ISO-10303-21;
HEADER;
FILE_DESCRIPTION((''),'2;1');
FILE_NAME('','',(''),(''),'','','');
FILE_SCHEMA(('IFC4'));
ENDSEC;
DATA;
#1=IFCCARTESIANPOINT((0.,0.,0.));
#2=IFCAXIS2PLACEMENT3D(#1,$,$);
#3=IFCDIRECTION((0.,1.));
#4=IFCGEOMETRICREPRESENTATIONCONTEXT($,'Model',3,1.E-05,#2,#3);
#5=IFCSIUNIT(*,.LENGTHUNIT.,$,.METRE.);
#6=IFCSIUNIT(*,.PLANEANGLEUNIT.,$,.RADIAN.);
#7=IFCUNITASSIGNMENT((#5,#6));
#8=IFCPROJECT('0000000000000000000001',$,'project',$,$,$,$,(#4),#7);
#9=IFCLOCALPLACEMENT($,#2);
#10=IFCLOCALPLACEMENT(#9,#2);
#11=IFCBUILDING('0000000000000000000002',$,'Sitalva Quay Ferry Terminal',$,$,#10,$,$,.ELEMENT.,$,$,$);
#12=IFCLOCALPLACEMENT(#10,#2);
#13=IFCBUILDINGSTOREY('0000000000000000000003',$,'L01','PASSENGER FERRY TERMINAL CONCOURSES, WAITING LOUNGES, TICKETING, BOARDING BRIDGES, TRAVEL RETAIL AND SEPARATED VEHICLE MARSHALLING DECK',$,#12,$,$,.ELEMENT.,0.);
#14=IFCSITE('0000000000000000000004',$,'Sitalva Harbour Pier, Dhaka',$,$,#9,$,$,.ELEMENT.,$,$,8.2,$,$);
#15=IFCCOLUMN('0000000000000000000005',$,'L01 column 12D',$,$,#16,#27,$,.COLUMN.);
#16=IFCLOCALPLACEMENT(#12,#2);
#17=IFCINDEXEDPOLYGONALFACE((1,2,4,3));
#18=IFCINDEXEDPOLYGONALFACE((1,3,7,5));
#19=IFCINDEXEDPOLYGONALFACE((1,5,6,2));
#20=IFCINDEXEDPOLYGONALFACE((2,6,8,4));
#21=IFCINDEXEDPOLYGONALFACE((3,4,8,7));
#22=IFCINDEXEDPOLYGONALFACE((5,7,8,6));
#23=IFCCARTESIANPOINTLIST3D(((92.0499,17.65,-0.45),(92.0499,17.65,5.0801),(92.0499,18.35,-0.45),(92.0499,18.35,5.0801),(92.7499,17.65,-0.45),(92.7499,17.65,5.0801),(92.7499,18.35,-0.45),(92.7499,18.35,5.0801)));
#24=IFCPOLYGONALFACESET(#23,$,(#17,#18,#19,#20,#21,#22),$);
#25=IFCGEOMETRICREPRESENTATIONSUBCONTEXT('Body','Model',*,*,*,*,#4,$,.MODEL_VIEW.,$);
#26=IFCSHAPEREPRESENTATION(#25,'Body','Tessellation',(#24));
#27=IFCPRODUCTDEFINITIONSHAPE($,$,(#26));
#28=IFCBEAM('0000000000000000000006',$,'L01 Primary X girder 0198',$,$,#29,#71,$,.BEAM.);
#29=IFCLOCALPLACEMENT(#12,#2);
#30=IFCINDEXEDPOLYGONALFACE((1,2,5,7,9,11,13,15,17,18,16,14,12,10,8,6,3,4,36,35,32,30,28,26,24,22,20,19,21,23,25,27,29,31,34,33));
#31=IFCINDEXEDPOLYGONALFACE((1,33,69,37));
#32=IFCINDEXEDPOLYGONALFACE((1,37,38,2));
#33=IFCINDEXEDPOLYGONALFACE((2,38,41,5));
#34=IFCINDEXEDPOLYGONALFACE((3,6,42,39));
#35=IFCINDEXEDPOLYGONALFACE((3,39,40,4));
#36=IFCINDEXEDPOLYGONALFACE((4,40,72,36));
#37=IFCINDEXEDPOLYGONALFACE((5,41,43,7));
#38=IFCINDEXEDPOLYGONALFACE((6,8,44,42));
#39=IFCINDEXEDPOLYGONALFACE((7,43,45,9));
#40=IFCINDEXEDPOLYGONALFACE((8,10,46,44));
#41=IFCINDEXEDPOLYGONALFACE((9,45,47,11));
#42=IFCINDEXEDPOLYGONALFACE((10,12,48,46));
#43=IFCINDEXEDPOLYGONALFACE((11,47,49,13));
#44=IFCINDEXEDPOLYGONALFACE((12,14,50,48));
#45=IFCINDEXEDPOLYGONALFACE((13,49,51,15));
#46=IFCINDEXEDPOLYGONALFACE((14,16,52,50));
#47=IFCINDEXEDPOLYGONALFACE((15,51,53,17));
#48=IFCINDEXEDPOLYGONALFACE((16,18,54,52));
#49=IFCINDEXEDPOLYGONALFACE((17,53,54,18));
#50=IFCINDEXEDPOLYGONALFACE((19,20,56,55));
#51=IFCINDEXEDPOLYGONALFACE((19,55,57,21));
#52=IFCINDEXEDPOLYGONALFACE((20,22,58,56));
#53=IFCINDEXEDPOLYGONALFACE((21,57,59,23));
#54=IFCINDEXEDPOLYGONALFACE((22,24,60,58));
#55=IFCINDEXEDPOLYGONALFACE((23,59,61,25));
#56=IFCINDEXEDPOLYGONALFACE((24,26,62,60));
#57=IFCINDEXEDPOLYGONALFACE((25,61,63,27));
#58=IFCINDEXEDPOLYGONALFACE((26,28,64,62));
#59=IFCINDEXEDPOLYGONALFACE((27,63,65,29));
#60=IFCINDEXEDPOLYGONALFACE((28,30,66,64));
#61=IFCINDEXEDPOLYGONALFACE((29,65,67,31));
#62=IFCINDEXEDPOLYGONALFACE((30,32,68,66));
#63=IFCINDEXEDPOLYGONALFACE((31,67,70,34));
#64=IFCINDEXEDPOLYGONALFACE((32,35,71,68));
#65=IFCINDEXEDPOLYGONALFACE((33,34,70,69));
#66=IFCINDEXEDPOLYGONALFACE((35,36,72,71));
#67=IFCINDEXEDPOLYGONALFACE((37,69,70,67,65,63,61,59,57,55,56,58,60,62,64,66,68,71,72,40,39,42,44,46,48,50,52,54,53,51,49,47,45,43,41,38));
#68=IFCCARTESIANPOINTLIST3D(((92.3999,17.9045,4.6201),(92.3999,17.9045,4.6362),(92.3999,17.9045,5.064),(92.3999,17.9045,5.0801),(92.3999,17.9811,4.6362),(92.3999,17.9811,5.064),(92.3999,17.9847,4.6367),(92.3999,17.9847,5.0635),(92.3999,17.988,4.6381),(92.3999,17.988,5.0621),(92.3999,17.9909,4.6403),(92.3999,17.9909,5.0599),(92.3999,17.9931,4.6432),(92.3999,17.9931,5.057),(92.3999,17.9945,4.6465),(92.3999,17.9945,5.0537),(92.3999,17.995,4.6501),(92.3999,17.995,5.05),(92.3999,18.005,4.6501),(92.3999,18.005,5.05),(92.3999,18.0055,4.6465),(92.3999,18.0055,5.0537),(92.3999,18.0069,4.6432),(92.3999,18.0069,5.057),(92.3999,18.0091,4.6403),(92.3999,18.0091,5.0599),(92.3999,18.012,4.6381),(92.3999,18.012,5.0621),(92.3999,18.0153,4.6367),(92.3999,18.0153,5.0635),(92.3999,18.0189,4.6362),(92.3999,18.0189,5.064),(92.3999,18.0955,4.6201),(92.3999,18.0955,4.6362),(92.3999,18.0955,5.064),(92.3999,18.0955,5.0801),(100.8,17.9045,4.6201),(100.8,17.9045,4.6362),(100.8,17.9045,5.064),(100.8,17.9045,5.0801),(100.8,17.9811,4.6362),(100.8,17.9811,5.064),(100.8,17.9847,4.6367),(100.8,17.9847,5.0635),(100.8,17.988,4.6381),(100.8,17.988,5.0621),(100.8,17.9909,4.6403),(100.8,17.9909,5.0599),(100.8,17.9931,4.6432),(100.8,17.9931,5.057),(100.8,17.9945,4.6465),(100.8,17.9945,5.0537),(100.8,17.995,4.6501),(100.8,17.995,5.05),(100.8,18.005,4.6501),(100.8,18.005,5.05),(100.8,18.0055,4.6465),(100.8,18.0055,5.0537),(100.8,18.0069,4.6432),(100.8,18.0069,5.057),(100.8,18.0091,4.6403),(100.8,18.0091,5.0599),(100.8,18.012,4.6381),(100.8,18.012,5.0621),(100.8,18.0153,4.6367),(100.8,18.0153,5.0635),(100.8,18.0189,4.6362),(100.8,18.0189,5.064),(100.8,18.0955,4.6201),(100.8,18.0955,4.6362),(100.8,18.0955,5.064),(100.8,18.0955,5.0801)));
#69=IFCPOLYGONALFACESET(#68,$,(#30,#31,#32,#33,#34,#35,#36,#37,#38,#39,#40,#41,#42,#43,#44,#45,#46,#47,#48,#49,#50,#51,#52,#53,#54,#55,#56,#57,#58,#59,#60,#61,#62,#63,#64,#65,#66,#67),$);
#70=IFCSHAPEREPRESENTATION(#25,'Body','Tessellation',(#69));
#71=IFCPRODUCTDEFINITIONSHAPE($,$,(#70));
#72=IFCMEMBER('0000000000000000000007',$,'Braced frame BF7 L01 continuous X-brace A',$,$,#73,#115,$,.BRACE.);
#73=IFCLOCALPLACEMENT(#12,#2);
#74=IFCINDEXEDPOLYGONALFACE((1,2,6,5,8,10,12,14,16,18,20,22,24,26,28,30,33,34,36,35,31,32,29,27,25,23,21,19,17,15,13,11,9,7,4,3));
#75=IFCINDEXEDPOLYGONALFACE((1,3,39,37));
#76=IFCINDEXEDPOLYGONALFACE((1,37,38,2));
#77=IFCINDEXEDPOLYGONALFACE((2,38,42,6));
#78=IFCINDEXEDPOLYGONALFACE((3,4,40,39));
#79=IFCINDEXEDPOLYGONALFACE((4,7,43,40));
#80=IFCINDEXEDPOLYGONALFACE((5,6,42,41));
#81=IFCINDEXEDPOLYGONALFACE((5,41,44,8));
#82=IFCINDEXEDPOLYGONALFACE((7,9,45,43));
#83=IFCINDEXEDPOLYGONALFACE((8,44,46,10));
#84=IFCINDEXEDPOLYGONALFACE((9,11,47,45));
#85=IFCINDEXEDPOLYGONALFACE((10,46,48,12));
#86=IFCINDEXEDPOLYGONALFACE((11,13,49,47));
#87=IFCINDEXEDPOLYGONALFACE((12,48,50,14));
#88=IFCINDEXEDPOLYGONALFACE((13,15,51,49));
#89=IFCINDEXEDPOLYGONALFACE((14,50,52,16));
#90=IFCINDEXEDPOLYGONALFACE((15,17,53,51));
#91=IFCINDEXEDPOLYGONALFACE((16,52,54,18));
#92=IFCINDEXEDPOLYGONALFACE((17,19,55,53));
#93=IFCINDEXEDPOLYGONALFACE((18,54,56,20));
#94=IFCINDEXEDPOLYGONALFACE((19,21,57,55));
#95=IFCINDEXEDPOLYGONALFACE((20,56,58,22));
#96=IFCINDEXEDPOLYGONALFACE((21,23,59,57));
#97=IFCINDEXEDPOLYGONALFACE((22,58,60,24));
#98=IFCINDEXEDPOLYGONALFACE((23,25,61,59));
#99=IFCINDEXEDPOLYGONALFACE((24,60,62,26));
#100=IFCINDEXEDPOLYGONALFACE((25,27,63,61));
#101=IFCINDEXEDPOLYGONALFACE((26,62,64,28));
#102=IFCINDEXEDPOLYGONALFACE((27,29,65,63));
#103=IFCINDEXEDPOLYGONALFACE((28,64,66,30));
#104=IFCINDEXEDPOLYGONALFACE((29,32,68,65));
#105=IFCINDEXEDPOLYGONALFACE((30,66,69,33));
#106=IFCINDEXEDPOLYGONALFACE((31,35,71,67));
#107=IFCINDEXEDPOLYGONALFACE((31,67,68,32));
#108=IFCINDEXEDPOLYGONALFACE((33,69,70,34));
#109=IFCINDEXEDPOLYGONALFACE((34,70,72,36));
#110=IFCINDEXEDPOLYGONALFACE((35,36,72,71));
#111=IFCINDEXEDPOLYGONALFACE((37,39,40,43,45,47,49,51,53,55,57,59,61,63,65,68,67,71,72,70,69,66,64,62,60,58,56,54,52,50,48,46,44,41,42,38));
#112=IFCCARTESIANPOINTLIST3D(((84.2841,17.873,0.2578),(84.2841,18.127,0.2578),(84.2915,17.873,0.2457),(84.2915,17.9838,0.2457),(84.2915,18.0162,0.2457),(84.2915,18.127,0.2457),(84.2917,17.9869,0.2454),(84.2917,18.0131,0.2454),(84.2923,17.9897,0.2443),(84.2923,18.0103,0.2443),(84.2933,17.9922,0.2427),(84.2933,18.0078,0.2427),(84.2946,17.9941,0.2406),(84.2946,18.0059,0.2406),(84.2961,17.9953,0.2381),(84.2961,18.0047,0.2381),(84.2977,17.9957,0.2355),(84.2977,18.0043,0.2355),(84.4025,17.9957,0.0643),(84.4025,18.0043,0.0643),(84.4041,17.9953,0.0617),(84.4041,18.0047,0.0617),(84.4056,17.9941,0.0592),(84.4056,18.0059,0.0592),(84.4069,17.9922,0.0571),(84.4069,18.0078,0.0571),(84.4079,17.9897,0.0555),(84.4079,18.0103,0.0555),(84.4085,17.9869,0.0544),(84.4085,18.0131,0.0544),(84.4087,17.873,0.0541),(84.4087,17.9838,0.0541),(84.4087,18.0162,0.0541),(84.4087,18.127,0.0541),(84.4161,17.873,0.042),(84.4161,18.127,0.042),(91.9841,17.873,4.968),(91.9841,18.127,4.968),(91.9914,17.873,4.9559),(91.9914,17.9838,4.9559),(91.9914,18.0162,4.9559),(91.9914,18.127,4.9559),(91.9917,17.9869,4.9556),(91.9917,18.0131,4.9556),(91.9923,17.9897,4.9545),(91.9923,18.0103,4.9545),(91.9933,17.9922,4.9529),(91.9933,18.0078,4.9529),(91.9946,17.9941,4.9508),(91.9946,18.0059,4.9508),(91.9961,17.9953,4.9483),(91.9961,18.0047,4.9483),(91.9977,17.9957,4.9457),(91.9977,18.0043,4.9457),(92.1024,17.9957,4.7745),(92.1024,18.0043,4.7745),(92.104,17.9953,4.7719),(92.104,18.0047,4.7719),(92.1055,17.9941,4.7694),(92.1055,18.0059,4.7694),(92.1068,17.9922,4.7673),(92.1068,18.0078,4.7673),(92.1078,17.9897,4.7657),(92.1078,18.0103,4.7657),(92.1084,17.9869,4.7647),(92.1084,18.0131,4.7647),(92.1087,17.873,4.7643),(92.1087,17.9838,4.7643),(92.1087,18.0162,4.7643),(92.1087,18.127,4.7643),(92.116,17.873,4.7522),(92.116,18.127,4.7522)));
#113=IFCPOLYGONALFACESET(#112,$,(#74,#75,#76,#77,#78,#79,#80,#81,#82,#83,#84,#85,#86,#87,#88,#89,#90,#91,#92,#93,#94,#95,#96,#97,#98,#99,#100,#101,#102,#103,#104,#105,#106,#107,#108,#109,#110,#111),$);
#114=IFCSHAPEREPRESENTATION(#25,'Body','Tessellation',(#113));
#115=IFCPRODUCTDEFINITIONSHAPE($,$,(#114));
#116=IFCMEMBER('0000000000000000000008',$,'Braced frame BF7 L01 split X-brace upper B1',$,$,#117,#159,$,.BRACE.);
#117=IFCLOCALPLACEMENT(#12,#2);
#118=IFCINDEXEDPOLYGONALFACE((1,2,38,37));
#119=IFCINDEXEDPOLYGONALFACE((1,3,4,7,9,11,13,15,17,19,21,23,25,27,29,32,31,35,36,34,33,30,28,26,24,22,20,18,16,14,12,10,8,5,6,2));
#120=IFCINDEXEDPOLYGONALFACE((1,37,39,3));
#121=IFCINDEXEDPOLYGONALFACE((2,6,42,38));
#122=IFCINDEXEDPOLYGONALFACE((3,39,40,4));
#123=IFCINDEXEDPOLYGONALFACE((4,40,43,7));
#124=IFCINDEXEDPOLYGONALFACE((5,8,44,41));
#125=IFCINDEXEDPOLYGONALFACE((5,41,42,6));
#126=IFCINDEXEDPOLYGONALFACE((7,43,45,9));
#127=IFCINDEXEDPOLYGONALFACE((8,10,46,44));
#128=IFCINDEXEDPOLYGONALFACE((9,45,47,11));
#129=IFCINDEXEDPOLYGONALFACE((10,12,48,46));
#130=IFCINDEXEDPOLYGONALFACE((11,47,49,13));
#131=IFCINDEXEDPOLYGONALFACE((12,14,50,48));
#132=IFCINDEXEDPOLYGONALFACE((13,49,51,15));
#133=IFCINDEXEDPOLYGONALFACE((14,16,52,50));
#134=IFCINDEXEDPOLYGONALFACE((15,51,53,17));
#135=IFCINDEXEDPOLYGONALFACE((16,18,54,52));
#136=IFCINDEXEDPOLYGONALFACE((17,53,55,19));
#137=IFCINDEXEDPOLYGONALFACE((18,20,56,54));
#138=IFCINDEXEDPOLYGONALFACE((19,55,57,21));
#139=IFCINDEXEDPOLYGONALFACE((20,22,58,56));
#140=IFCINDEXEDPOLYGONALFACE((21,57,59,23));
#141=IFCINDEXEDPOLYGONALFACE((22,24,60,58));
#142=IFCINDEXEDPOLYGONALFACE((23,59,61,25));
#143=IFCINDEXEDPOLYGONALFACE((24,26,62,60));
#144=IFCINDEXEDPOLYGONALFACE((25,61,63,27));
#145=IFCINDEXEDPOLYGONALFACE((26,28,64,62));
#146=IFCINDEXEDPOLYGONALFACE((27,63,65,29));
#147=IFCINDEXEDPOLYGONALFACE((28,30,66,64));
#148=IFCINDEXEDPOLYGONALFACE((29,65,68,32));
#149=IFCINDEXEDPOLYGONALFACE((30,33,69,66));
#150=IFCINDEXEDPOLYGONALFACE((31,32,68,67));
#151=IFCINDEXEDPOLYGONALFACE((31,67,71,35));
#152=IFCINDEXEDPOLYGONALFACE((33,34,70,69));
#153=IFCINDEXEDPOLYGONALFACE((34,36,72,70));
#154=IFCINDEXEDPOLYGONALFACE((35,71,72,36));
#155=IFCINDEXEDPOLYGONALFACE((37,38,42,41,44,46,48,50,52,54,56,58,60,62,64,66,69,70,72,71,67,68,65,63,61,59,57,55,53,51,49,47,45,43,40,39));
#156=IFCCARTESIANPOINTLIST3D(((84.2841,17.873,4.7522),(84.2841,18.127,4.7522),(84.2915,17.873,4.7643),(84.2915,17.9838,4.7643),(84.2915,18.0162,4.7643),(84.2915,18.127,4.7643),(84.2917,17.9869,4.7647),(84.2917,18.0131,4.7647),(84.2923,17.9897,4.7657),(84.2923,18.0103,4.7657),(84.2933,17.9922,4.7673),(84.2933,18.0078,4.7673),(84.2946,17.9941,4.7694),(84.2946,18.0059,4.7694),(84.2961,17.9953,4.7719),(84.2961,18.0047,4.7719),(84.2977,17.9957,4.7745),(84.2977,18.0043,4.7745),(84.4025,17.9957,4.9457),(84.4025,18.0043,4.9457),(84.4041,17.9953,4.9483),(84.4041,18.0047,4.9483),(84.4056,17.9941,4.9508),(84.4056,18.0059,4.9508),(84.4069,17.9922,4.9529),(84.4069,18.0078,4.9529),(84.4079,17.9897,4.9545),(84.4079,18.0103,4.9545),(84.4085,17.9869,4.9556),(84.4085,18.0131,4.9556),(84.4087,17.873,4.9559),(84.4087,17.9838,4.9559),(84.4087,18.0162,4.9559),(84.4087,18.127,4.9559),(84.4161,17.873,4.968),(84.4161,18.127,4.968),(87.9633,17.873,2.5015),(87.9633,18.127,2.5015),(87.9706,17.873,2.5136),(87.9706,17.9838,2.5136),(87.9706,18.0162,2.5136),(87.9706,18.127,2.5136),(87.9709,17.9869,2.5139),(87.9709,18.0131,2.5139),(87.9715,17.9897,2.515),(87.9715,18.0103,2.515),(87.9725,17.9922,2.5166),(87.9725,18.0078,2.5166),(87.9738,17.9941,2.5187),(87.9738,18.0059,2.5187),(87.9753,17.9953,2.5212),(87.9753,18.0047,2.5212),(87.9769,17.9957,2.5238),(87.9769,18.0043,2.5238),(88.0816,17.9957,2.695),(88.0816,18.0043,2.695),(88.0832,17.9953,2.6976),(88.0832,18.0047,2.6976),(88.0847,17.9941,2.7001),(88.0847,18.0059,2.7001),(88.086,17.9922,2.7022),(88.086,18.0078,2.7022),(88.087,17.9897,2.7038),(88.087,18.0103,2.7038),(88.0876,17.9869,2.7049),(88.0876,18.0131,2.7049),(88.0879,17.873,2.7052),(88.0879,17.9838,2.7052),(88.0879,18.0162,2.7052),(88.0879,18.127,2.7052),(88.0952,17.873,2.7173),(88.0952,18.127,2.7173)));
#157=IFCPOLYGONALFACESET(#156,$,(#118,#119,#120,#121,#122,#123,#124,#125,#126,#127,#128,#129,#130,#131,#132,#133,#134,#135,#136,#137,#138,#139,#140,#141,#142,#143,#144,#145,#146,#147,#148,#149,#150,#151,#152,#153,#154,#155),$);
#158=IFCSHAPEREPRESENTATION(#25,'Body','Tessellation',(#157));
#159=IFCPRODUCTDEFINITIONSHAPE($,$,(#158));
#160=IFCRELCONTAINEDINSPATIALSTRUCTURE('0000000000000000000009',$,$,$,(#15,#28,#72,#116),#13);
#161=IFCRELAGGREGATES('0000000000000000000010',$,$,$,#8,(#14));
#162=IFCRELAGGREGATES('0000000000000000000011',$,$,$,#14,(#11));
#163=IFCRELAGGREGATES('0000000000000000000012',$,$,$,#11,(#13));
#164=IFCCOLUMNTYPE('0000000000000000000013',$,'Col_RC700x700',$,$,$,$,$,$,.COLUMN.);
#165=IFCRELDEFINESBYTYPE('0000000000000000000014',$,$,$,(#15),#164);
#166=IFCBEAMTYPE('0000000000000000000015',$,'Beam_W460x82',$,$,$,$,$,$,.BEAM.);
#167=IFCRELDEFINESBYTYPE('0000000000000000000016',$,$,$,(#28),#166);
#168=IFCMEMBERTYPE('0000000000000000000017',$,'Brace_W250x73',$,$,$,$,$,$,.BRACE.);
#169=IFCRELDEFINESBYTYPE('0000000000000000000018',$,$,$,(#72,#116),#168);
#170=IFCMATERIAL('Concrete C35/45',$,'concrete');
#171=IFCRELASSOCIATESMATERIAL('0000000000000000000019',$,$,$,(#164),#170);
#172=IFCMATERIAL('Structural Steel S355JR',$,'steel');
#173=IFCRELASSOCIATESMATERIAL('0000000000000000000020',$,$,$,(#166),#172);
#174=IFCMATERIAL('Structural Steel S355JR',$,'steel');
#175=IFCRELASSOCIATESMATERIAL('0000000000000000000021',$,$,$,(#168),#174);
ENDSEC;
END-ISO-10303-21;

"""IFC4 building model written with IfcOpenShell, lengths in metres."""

from ifc_helpers import new_model, si_unit, direction, frame, origin, origin_2d, place, context, subcontext, project, spatial, rectangle, i_section, extrude, material, material_profile, profile_set, type_object, element, save


model = new_model("IFC4")

# Units and contexts
model_context = context("Model", 3, precision=1e-05, world=origin(), true_north=direction((0.0, 1.0)))
body_context = subcontext(model_context, "Body", "Model", "MODEL_VIEW")
ifc_project = project(units=[si_unit("LENGTHUNIT", "METRE"), si_unit("PLANEANGLEUNIT", "RADIAN")], contexts=[model_context])

# Site, building, storey
site_placement = place(None, origin())
site = spatial("IfcSite", under=ifc_project, at=site_placement, Name="Sitalva Harbour Pier, Dhaka", CompositionType="ELEMENT", RefElevation=8.2)
building_placement = place(site_placement, origin())
building = spatial("IfcBuilding", under=site, at=building_placement, Name="Sitalva Quay Ferry Terminal", CompositionType="ELEMENT")
storey_placement = place(building_placement, origin())
storey = spatial("IfcBuildingStorey", under=building, at=storey_placement, Name="L01", Description="PASSENGER FERRY TERMINAL CONCOURSES, WAITING LOUNGES, TICKETING, BOARDING BRIDGES, TRAVEL RETAIL AND SEPARATED VEHICLE MARSHALLING DECK", CompositionType="ELEMENT", Elevation=0.0)

# Column
ifc_material_1 = material(Name="Concrete C35/45", Category="concrete")
ifc_material_profile_1 = material_profile(ifc_material_1, rectangle(XDim=0.7, YDim=0.7, at=origin_2d()), Name="RC700x700")
ifc_profile_set_1 = profile_set([ifc_material_profile_1], Name="Concrete C35/45")
column_type = type_object("IfcColumnType", Name="Col_RC700x700", PredefinedType="COLUMN", material=ifc_profile_set_1)
column_placement = place(storey_placement, frame((92.3999, 18.0, -0.45), z_axis=(0.0, 0.0, 1.0), x_axis=(1.0, 0.0, 0.0)))
element("IfcColumn", 1, at=column_placement, inside=storey, type_object=column_type, Name="L01 column 12D", PredefinedType="COLUMN", context=body_context, shape_type="SweptSolid", body=[
    extrude(rectangle(XDim=0.7, YDim=0.7, at=origin_2d()), origin(), (0.0, 0.0, 1.0), 5.53),
])

# Beam
ifc_material_2 = material(Name="Structural Steel S355JR", Category="steel")
ifc_material_profile_2 = material_profile(ifc_material_2, i_section(OverallWidth=0.1909, OverallDepth=0.46, WebThickness=0.01, FlangeThickness=0.0161, FilletRadius=0.0139, at=origin_2d()), Name="W460x82")
ifc_profile_set_2 = profile_set([ifc_material_profile_2], Name="Structural Steel S355JR")
beam_type_1 = type_object("IfcBeamType", Name="Beam_W460x82", PredefinedType="BEAM", material=ifc_profile_set_2)
beam_1_placement = place(storey_placement, frame((92.3999, 18.0, 4.8501), z_axis=(1.0, 0.0, 0.0), x_axis=(0.0, 1.0, 0.0)))
element("IfcBeam", 2, at=beam_1_placement, inside=storey, type_object=beam_type_1, Name="L01 Primary X girder 0198", PredefinedType="BEAM", context=body_context, shape_type="SweptSolid", body=[
    extrude(i_section(OverallWidth=0.1909, OverallDepth=0.46, WebThickness=0.01, FlangeThickness=0.0161, FilletRadius=0.0139, at=origin_2d()), origin(), (0.0, 0.0, 1.0), 8.4001),
])

# Members
ifc_material_3 = material(Name="Structural Steel S355JR", Category="steel")
ifc_material_profile_3 = material_profile(ifc_material_3, i_section(OverallWidth=0.2539, OverallDepth=0.2529, WebThickness=0.0085, FlangeThickness=0.0142, FilletRadius=0.012, at=origin_2d()), Name="W250x73")
ifc_profile_set_3 = profile_set([ifc_material_profile_3], Name="Structural Steel S355JR")
member_type = type_object("IfcMemberType", Name="Brace_W250x73", PredefinedType="BRACE", material=ifc_profile_set_3)
member_1_placement = place(storey_placement, frame((84.3501, 18.0, 0.1499), z_axis=(0.853051, 0.0, 0.521827), x_axis=(0.0, 1.0, 0.0)))
element("IfcMember", 3, at=member_1_placement, inside=storey, type_object=member_type, Name="Braced frame BF7 L01 continuous X-brace A", PredefinedType="BRACE", context=body_context, shape_type="SweptSolid", body=[
    extrude(i_section(OverallWidth=0.2539, OverallDepth=0.2529, WebThickness=0.0085, FlangeThickness=0.0142, FilletRadius=0.012, at=origin_2d()), origin(), (0.0, 0.0, 1.0), 9.0264),
])
member_2_placement = place(storey_placement, frame((84.3501, 18.0, 4.8601), z_axis=(0.853041, 0.0, -0.521844), x_axis=(0.0, 1.0, 0.0)))
element("IfcMember", 4, at=member_2_placement, inside=storey, type_object=member_type, Name="Braced frame BF7 L01 split X-brace upper B1", PredefinedType="BRACE", context=body_context, shape_type="SweptSolid", body=[
    extrude(i_section(OverallWidth=0.2539, OverallDepth=0.2529, WebThickness=0.0085, FlangeThickness=0.0142, FilletRadius=0.012, at=origin_2d()), origin(), (0.0, 0.0, 1.0), 4.313),
])

save(model, "model.ifc")
